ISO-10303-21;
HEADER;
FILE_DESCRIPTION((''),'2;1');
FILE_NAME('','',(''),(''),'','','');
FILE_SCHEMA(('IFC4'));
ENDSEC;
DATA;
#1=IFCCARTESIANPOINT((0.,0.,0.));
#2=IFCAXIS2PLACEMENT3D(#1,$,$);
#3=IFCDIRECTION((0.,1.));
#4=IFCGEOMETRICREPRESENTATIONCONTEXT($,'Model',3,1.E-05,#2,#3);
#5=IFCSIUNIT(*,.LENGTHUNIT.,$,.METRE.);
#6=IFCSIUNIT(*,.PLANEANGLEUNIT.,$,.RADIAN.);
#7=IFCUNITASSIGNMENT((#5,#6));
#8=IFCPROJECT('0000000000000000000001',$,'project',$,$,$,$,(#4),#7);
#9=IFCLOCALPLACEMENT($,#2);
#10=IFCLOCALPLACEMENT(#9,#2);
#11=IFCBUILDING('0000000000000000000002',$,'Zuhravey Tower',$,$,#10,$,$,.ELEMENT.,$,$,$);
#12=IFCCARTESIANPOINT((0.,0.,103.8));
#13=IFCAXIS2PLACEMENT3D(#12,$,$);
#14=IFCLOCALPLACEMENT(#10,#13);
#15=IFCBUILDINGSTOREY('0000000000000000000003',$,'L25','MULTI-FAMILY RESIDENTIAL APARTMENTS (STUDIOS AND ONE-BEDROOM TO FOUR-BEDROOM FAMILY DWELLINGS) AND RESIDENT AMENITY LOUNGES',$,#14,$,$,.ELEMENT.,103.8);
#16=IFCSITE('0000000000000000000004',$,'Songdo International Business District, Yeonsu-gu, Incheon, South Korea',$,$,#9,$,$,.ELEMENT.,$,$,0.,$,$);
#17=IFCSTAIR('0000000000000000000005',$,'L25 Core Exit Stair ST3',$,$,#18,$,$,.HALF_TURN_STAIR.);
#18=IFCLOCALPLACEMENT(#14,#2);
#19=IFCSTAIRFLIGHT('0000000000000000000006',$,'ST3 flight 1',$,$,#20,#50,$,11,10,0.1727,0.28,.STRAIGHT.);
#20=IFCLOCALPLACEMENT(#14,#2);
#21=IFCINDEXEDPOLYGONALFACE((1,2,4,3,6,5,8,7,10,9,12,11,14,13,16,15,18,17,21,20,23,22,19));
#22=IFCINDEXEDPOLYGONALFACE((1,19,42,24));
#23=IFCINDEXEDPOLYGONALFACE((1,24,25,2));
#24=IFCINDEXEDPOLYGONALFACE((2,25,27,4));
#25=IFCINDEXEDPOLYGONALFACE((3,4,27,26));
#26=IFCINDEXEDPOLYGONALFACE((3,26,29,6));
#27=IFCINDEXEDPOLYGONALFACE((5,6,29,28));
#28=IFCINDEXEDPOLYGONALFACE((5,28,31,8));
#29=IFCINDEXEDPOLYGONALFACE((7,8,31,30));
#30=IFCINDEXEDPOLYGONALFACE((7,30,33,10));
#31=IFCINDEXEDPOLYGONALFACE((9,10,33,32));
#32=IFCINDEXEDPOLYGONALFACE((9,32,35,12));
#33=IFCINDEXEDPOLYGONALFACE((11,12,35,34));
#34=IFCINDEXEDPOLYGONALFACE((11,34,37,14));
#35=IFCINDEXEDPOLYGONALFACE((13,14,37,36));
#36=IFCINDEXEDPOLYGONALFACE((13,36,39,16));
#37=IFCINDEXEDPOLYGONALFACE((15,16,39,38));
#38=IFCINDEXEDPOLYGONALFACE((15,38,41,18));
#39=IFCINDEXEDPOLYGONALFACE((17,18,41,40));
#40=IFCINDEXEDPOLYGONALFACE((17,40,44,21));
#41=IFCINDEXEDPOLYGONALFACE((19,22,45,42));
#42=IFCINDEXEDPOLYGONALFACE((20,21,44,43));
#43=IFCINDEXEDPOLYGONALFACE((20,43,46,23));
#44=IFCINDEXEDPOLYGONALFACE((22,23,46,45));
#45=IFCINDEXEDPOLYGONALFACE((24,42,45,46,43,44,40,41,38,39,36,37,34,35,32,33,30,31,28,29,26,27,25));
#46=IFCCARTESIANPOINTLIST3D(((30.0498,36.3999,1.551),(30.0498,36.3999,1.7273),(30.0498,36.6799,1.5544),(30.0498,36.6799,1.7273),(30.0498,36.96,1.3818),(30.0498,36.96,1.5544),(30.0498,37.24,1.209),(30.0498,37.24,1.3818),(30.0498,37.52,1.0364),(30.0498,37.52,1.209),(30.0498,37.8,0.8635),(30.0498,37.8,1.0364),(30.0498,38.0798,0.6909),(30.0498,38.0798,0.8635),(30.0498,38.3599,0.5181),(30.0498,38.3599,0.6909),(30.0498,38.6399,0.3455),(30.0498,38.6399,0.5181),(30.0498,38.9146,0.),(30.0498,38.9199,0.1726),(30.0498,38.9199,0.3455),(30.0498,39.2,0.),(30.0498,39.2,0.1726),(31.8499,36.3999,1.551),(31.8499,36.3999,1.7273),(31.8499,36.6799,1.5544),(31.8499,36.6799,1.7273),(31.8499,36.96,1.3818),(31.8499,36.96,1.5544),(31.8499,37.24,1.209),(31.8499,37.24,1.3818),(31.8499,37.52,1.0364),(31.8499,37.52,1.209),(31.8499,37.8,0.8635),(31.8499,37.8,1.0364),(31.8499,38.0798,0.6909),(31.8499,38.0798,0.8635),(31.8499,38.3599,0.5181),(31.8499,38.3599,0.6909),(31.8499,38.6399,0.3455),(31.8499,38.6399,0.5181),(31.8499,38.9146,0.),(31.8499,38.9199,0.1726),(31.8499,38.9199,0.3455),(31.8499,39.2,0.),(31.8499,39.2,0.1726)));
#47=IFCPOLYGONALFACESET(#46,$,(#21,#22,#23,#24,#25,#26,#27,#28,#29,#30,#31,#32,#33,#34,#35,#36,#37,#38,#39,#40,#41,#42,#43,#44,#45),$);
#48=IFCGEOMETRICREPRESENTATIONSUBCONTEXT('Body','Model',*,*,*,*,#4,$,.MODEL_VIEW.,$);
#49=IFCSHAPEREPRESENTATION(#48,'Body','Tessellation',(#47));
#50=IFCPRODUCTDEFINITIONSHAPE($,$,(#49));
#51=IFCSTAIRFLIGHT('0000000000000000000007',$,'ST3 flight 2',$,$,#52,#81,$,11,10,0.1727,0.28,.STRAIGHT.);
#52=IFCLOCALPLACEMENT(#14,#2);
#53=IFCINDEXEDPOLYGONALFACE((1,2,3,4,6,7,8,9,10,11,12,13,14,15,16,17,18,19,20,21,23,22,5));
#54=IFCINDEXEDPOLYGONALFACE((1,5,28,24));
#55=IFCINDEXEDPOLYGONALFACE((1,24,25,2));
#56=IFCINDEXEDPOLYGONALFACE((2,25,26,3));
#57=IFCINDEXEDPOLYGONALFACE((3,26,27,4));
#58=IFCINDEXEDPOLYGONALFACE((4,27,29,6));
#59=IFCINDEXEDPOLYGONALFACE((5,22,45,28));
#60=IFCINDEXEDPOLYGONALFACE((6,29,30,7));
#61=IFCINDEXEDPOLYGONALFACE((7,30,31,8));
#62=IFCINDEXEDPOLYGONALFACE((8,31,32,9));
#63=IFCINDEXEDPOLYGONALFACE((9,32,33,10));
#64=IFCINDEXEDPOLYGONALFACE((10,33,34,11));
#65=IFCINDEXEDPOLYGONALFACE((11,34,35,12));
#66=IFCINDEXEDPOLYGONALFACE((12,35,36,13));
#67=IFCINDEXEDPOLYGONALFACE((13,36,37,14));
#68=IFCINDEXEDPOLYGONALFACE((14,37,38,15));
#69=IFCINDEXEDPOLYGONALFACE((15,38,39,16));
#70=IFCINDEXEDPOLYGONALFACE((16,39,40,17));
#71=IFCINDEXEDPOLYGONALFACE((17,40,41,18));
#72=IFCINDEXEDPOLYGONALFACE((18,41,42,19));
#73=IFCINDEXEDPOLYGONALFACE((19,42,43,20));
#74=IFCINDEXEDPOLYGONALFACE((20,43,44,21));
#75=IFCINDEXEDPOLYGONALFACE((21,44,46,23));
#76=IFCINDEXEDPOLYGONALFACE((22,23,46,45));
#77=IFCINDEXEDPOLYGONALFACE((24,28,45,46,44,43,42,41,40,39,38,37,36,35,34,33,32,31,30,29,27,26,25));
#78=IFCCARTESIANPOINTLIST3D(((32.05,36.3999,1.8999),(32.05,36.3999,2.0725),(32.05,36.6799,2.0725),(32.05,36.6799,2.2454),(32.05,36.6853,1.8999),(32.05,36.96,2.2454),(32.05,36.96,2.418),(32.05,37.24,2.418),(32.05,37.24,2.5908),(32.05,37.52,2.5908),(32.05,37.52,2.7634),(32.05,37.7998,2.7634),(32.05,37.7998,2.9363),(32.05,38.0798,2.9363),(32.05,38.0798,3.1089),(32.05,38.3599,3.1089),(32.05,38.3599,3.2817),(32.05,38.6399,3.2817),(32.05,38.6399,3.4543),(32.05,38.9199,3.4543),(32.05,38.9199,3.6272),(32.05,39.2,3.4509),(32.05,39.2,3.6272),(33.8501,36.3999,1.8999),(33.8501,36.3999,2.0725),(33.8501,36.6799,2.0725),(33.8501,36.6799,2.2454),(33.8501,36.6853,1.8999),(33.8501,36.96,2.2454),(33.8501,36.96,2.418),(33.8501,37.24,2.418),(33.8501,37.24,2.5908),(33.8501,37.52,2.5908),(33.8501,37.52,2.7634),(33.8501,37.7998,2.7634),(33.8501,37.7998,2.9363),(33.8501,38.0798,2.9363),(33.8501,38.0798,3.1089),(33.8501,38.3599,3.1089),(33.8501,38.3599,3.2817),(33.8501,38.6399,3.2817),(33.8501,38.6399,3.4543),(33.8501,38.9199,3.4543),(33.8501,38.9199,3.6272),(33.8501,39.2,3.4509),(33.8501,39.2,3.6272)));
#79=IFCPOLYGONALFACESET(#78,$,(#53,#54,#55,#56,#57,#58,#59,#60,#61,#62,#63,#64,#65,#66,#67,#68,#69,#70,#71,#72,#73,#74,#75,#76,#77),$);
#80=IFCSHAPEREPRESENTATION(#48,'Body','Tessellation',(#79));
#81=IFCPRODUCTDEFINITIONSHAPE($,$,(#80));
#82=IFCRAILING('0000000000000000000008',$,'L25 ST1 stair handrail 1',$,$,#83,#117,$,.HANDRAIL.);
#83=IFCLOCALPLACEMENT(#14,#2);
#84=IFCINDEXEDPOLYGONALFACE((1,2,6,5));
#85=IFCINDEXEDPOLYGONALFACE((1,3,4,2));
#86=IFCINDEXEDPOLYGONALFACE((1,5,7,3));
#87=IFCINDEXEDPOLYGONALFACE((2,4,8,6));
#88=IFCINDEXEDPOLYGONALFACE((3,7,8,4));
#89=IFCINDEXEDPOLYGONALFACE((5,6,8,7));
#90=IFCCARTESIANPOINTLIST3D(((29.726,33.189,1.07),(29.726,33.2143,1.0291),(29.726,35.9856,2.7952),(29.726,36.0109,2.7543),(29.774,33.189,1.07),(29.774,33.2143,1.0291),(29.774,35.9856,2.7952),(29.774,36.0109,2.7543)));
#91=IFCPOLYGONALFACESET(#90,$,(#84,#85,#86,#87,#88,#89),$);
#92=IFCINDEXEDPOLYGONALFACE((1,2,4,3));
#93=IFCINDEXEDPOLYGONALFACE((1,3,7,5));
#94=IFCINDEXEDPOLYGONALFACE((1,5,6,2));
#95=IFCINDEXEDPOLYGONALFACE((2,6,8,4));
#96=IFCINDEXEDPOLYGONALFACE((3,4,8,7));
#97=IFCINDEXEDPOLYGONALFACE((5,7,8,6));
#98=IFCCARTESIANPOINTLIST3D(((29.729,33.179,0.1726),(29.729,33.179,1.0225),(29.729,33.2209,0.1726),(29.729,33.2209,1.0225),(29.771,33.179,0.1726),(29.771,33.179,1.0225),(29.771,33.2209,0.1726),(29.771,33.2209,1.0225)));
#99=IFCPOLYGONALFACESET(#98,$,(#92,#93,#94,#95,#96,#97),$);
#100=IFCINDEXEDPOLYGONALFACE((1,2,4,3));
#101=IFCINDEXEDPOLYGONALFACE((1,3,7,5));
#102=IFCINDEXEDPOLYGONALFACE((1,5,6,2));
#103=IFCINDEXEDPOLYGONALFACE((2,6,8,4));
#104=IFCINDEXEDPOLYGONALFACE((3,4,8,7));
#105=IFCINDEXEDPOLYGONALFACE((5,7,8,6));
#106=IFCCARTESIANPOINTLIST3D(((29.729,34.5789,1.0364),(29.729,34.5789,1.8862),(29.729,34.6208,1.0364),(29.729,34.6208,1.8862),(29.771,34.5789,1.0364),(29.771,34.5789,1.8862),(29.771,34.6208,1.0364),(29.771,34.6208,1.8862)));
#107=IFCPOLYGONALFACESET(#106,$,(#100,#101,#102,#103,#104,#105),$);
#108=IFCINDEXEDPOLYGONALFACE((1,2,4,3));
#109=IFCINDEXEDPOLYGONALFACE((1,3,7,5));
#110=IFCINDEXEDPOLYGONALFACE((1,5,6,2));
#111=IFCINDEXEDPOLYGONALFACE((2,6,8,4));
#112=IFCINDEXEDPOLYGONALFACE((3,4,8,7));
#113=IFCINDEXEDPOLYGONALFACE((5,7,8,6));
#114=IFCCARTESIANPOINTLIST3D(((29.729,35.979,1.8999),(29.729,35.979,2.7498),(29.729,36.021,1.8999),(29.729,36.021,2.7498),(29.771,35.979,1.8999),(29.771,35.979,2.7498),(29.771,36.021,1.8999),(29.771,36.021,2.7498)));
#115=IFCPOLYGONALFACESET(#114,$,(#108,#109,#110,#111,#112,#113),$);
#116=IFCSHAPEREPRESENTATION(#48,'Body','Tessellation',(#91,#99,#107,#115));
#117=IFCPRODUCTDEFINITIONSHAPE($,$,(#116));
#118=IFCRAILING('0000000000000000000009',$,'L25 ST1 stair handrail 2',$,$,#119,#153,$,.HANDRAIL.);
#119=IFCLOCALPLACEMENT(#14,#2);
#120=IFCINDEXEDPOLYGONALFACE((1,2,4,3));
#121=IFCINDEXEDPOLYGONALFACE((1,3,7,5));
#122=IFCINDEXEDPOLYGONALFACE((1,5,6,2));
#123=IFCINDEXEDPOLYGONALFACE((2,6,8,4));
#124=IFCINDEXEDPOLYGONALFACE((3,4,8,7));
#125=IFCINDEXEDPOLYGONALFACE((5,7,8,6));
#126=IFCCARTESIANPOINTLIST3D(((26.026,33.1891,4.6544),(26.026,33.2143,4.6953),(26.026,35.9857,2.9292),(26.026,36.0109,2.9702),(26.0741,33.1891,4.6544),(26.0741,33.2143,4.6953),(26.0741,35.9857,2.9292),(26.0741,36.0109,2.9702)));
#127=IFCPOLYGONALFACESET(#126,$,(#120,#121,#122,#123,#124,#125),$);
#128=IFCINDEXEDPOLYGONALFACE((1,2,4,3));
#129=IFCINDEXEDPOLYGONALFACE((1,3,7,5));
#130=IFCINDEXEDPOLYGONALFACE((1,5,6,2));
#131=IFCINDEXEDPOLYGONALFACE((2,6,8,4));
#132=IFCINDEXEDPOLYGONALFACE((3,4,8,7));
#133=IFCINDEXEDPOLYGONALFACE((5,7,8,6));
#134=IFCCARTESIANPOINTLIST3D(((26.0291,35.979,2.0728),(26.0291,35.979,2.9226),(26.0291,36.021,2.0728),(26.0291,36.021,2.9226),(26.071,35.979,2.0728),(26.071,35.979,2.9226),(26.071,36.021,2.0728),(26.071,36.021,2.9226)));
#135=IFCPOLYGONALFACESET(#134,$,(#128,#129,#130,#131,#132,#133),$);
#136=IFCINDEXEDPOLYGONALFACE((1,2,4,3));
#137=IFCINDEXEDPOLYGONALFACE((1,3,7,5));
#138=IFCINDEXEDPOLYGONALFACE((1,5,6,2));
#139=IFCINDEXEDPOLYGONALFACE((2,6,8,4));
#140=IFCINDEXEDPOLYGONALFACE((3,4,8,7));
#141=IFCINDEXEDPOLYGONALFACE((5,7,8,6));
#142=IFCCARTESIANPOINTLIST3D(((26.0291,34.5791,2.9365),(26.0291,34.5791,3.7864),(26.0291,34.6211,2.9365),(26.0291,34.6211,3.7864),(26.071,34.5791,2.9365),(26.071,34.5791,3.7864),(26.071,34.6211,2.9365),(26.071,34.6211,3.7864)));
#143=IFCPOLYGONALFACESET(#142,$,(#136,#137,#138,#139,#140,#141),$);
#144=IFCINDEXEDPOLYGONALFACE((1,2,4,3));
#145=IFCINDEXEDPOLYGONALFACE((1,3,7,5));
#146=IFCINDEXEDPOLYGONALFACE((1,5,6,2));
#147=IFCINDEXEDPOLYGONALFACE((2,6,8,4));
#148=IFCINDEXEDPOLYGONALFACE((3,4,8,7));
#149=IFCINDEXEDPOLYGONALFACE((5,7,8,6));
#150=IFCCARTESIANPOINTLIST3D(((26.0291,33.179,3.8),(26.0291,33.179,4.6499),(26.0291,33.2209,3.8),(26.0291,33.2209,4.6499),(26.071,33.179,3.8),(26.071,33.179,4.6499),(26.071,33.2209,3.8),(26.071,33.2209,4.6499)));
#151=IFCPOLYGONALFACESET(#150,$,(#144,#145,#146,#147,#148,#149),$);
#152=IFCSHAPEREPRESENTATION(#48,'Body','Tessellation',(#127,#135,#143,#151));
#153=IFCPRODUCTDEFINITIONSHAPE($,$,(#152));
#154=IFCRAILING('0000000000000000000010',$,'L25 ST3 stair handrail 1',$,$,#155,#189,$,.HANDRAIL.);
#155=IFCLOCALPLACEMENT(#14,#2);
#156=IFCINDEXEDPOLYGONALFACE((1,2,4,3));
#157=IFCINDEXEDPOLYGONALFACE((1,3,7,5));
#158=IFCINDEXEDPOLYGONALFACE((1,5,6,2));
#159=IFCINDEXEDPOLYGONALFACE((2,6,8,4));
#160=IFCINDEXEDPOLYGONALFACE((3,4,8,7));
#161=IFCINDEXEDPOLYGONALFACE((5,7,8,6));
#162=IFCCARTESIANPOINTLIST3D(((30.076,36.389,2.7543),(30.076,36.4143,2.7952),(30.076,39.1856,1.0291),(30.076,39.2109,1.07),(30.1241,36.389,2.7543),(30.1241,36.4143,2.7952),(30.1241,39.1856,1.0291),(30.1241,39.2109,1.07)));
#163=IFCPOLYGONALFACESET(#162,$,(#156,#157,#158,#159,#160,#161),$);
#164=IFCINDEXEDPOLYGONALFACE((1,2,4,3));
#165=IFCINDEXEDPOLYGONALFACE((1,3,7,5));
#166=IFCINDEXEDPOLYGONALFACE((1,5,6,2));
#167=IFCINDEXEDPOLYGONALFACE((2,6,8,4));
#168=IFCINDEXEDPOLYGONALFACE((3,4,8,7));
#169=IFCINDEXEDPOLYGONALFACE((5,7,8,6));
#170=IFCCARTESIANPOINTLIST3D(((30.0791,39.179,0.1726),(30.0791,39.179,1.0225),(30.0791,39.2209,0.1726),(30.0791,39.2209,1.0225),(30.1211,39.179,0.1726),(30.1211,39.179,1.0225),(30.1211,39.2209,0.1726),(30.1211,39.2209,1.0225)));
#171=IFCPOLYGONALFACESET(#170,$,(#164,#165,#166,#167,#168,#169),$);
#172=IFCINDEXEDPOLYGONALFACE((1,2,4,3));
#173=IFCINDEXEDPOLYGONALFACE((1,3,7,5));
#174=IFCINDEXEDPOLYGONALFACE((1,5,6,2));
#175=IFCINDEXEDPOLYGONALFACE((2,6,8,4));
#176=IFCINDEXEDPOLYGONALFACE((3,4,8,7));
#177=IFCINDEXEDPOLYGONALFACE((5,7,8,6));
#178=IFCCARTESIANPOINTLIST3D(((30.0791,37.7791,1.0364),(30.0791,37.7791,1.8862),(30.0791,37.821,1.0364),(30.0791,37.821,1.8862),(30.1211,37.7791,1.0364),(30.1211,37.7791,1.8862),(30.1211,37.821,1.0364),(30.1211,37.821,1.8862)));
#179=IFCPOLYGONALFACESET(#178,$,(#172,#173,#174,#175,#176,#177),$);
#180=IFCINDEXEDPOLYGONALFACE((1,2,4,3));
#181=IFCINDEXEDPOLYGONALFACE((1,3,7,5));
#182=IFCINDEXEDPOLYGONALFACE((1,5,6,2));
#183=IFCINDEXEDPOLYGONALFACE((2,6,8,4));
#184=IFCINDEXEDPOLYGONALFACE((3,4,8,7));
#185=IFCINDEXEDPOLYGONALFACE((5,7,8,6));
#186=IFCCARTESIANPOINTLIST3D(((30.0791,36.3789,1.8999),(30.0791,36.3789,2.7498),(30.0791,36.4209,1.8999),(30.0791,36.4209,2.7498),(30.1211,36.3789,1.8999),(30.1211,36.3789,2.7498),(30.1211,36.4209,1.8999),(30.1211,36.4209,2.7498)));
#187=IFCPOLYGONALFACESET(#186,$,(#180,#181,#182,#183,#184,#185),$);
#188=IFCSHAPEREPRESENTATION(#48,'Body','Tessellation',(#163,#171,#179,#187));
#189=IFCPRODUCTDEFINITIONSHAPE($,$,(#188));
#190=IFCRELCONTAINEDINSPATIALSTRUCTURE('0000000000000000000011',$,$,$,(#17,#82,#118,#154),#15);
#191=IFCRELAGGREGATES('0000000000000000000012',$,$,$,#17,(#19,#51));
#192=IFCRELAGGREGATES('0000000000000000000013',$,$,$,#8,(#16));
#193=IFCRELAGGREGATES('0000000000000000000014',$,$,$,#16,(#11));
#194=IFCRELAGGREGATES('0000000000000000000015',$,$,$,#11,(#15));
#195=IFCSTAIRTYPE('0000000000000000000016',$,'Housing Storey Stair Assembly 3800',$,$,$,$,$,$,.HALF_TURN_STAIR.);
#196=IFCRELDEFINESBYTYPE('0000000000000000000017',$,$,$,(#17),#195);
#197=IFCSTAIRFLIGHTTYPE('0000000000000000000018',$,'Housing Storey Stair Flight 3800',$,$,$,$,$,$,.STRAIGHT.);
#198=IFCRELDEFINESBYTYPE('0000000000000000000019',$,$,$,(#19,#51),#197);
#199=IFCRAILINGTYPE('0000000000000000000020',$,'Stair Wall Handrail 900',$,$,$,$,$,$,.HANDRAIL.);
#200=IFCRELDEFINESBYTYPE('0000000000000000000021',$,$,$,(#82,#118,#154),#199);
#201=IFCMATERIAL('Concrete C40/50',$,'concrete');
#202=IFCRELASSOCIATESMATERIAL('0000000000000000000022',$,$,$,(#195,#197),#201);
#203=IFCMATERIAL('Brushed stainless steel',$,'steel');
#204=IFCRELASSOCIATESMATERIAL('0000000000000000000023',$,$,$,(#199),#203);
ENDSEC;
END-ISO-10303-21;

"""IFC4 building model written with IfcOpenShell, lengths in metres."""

from ifc_helpers import new_model, si_unit, direction, frame, origin, origin_2d, place, context, subcontext, project, spatial, polyline, rectangle, outline, extrude, material, type_object, element, aggregate, save


model = new_model("IFC4")

# Units and contexts
model_context = context("Model", 3, precision=1e-05, world=origin(), true_north=direction((0.0, 1.0)))
body_context = subcontext(model_context, "Body", "Model", "MODEL_VIEW")
ifc_project = project(units=[si_unit("LENGTHUNIT", "METRE"), si_unit("PLANEANGLEUNIT", "RADIAN")], contexts=[model_context])

# Site, building, storey
site_placement = place(None, origin())
site = spatial("IfcSite", under=ifc_project, at=site_placement, Name="Songdo International Business District, Yeonsu-gu, Incheon, South Korea", CompositionType="ELEMENT", RefElevation=0.0)
building_placement = place(site_placement, origin())
building = spatial("IfcBuilding", under=site, at=building_placement, Name="Zuhravey Tower", CompositionType="ELEMENT")
storey_placement = place(building_placement, frame((0.0, 0.0, 103.8)))
storey = spatial("IfcBuildingStorey", under=building, at=storey_placement, Name="L25", Description="MULTI-FAMILY RESIDENTIAL APARTMENTS (STUDIOS AND ONE-BEDROOM TO FOUR-BEDROOM FAMILY DWELLINGS) AND RESIDENT AMENITY LOUNGES", CompositionType="ELEMENT", Elevation=103.8)

# Stair, stair flights
ifc_material_1 = material(Name="Concrete C40/50", Category="concrete")
stair_type = type_object("IfcStairType", Name="Housing Storey Stair Assembly 3800", PredefinedType="HALF_TURN_STAIR", material=ifc_material_1)
stair_flight_type = type_object("IfcStairFlightType", Name="Housing Storey Stair Flight 3800", PredefinedType="STRAIGHT", material=ifc_material_1)
stair_1_placement = place(storey_placement, origin())
stair_1 = element("IfcStair", 1, at=stair_1_placement, inside=storey, type_object=stair_type, Name="L25 Core Exit Stair ST3", PredefinedType="HALF_TURN_STAIR")
stair_flight_1_placement = place(storey_placement, frame((30.95, 39.2, 0.0), z_axis=(0.0, 0.0, 1.0), x_axis=(0.0, -1.0, 0.0)))
stair_flight_1 = element("IfcStairFlight", 2, at=stair_flight_1_placement, type_object=stair_flight_type, Name="ST3 flight 1", NumberOfRisers=11, NumberOfTreads=10, PredefinedType="STRAIGHT", RiserHeight=0.1727, TreadLength=0.28, context=body_context, shape_type="SweptSolid", body=[
    extrude(outline(polyline([(0.0, 0.0), (0.0, 0.1726), (0.28, 0.1726), (0.28, 0.3455), (0.5601, 0.3455), (0.5601, 0.5181), (0.8401, 0.5181), (0.8401, 0.6909), (1.1201, 0.6909), (1.1201, 0.8635), (1.3999, 0.8635), (1.3999, 1.0364), (1.6799, 1.0364), (1.6799, 1.209), (1.96, 1.209), (1.96, 1.3818), (2.24, 1.3818), (2.24, 1.5544), (2.52, 1.5544), (2.52, 1.7273), (2.8, 1.7273), (2.8, 1.8999), (2.8, 1.551), (0.2854, 0.0), (0.0, 0.0)])), frame((0.0, 0.8999, 0.0), z_axis=(0.0, -1.0, 0.0), x_axis=(1.0, 0.0, 0.0)), (0.0, 0.0, 1.0), 1.8),
])
stair_flight_2_placement = place(storey_placement, frame((32.95, 36.3999, 1.8999), z_axis=(0.0, 0.0, 1.0), x_axis=(0.0, 1.0, 0.0)))
stair_flight_2 = element("IfcStairFlight", 3, at=stair_flight_2_placement, type_object=stair_flight_type, Name="ST3 flight 2", NumberOfRisers=11, NumberOfTreads=10, PredefinedType="STRAIGHT", RiserHeight=0.1727, TreadLength=0.28, context=body_context, shape_type="SweptSolid", body=[
    extrude(outline(polyline([(0.0, 0.0), (0.0, 0.1726), (0.28, 0.1726), (0.28, 0.3455), (0.5601, 0.3455), (0.5601, 0.5181), (0.8401, 0.5181), (0.8401, 0.6909), (1.1201, 0.6909), (1.1201, 0.8635), (1.3999, 0.8635), (1.3999, 1.0364), (1.6799, 1.0364), (1.6799, 1.209), (1.96, 1.209), (1.96, 1.3818), (2.24, 1.3818), (2.24, 1.5544), (2.52, 1.5544), (2.52, 1.7273), (2.8, 1.7273), (2.8, 1.8999), (2.8, 1.551), (0.2854, 0.0), (0.0, 0.0)])), frame((0.0, 0.8999, 0.0), z_axis=(0.0, -1.0, 0.0), x_axis=(1.0, 0.0, 0.0)), (0.0, 0.0, 1.0), 1.8),
])
aggregate(stair_1, [stair_flight_1, stair_flight_2])

# Railings
ifc_material_2 = material(Name="Brushed stainless steel", Category="steel")
railing_type_1 = type_object("IfcRailingType", Name="Stair Wall Handrail 900", PredefinedType="HANDRAIL", material=ifc_material_2)
railing_1_placement = place(storey_placement, frame((29.75, 33.2, 0.1726)))
element("IfcRailing", 4, at=railing_1_placement, inside=storey, type_object=railing_type_1, Name="L25 ST1 stair handrail 1", PredefinedType="HANDRAIL", context=body_context, shape_type="SweptSolid", body=[
    extrude(rectangle(XDim=0.0481, YDim=0.0481, at=origin_2d()), frame((0.0, 0.0017, 0.877), z_axis=(0.0, 0.85109, 0.52502), x_axis=(-1.0, 0.0, 0.0)), (0.0, 0.0, 1.0), 3.2859),
    extrude(rectangle(XDim=0.042, YDim=0.042, at=origin_2d()), origin(), (0.0, 0.0, 1.0), 0.8499),
    extrude(rectangle(XDim=0.042, YDim=0.042, at=origin_2d()), frame((0.0, 1.3999, 0.8638)), (0.0, 0.0, 1.0), 0.8499),
    extrude(rectangle(XDim=0.042, YDim=0.042, at=origin_2d()), frame((0.0, 2.8, 1.7273)), (0.0, 0.0, 1.0), 0.8499),
])
for number, where, name in (
    (5, (26.05, 36.0, 2.0728), "L25 ST1 stair handrail 2"),
    (6, (30.1001, 39.2, 0.1726), "L25 ST3 stair handrail 1"),
):
    element("IfcRailing", number, at=place(storey_placement, frame(where)), inside=storey, type_object=railing_type_1, Name=name, PredefinedType="HANDRAIL", context=body_context, shape_type="SweptSolid", body=[
        extrude(rectangle(XDim=0.0481, YDim=0.0481, at=origin_2d()), frame((0.0, -0.0017, 0.877), z_axis=(0.0, -0.85109, 0.52502), x_axis=(1.0, 0.0, 0.0)), (0.0, 0.0, 1.0), 3.2859),
        extrude(rectangle(XDim=0.042, YDim=0.042, at=origin_2d()), origin(), (0.0, 0.0, 1.0), 0.8499),
        extrude(rectangle(XDim=0.042, YDim=0.042, at=origin_2d()), frame((0.0, -1.3999, 0.8638)), (0.0, 0.0, 1.0), 0.8499),
        extrude(rectangle(XDim=0.042, YDim=0.042, at=origin_2d()), frame((0.0, -2.8, 1.7273)), (0.0, 0.0, 1.0), 0.8499),
    ])

save(model, "model.ifc")
